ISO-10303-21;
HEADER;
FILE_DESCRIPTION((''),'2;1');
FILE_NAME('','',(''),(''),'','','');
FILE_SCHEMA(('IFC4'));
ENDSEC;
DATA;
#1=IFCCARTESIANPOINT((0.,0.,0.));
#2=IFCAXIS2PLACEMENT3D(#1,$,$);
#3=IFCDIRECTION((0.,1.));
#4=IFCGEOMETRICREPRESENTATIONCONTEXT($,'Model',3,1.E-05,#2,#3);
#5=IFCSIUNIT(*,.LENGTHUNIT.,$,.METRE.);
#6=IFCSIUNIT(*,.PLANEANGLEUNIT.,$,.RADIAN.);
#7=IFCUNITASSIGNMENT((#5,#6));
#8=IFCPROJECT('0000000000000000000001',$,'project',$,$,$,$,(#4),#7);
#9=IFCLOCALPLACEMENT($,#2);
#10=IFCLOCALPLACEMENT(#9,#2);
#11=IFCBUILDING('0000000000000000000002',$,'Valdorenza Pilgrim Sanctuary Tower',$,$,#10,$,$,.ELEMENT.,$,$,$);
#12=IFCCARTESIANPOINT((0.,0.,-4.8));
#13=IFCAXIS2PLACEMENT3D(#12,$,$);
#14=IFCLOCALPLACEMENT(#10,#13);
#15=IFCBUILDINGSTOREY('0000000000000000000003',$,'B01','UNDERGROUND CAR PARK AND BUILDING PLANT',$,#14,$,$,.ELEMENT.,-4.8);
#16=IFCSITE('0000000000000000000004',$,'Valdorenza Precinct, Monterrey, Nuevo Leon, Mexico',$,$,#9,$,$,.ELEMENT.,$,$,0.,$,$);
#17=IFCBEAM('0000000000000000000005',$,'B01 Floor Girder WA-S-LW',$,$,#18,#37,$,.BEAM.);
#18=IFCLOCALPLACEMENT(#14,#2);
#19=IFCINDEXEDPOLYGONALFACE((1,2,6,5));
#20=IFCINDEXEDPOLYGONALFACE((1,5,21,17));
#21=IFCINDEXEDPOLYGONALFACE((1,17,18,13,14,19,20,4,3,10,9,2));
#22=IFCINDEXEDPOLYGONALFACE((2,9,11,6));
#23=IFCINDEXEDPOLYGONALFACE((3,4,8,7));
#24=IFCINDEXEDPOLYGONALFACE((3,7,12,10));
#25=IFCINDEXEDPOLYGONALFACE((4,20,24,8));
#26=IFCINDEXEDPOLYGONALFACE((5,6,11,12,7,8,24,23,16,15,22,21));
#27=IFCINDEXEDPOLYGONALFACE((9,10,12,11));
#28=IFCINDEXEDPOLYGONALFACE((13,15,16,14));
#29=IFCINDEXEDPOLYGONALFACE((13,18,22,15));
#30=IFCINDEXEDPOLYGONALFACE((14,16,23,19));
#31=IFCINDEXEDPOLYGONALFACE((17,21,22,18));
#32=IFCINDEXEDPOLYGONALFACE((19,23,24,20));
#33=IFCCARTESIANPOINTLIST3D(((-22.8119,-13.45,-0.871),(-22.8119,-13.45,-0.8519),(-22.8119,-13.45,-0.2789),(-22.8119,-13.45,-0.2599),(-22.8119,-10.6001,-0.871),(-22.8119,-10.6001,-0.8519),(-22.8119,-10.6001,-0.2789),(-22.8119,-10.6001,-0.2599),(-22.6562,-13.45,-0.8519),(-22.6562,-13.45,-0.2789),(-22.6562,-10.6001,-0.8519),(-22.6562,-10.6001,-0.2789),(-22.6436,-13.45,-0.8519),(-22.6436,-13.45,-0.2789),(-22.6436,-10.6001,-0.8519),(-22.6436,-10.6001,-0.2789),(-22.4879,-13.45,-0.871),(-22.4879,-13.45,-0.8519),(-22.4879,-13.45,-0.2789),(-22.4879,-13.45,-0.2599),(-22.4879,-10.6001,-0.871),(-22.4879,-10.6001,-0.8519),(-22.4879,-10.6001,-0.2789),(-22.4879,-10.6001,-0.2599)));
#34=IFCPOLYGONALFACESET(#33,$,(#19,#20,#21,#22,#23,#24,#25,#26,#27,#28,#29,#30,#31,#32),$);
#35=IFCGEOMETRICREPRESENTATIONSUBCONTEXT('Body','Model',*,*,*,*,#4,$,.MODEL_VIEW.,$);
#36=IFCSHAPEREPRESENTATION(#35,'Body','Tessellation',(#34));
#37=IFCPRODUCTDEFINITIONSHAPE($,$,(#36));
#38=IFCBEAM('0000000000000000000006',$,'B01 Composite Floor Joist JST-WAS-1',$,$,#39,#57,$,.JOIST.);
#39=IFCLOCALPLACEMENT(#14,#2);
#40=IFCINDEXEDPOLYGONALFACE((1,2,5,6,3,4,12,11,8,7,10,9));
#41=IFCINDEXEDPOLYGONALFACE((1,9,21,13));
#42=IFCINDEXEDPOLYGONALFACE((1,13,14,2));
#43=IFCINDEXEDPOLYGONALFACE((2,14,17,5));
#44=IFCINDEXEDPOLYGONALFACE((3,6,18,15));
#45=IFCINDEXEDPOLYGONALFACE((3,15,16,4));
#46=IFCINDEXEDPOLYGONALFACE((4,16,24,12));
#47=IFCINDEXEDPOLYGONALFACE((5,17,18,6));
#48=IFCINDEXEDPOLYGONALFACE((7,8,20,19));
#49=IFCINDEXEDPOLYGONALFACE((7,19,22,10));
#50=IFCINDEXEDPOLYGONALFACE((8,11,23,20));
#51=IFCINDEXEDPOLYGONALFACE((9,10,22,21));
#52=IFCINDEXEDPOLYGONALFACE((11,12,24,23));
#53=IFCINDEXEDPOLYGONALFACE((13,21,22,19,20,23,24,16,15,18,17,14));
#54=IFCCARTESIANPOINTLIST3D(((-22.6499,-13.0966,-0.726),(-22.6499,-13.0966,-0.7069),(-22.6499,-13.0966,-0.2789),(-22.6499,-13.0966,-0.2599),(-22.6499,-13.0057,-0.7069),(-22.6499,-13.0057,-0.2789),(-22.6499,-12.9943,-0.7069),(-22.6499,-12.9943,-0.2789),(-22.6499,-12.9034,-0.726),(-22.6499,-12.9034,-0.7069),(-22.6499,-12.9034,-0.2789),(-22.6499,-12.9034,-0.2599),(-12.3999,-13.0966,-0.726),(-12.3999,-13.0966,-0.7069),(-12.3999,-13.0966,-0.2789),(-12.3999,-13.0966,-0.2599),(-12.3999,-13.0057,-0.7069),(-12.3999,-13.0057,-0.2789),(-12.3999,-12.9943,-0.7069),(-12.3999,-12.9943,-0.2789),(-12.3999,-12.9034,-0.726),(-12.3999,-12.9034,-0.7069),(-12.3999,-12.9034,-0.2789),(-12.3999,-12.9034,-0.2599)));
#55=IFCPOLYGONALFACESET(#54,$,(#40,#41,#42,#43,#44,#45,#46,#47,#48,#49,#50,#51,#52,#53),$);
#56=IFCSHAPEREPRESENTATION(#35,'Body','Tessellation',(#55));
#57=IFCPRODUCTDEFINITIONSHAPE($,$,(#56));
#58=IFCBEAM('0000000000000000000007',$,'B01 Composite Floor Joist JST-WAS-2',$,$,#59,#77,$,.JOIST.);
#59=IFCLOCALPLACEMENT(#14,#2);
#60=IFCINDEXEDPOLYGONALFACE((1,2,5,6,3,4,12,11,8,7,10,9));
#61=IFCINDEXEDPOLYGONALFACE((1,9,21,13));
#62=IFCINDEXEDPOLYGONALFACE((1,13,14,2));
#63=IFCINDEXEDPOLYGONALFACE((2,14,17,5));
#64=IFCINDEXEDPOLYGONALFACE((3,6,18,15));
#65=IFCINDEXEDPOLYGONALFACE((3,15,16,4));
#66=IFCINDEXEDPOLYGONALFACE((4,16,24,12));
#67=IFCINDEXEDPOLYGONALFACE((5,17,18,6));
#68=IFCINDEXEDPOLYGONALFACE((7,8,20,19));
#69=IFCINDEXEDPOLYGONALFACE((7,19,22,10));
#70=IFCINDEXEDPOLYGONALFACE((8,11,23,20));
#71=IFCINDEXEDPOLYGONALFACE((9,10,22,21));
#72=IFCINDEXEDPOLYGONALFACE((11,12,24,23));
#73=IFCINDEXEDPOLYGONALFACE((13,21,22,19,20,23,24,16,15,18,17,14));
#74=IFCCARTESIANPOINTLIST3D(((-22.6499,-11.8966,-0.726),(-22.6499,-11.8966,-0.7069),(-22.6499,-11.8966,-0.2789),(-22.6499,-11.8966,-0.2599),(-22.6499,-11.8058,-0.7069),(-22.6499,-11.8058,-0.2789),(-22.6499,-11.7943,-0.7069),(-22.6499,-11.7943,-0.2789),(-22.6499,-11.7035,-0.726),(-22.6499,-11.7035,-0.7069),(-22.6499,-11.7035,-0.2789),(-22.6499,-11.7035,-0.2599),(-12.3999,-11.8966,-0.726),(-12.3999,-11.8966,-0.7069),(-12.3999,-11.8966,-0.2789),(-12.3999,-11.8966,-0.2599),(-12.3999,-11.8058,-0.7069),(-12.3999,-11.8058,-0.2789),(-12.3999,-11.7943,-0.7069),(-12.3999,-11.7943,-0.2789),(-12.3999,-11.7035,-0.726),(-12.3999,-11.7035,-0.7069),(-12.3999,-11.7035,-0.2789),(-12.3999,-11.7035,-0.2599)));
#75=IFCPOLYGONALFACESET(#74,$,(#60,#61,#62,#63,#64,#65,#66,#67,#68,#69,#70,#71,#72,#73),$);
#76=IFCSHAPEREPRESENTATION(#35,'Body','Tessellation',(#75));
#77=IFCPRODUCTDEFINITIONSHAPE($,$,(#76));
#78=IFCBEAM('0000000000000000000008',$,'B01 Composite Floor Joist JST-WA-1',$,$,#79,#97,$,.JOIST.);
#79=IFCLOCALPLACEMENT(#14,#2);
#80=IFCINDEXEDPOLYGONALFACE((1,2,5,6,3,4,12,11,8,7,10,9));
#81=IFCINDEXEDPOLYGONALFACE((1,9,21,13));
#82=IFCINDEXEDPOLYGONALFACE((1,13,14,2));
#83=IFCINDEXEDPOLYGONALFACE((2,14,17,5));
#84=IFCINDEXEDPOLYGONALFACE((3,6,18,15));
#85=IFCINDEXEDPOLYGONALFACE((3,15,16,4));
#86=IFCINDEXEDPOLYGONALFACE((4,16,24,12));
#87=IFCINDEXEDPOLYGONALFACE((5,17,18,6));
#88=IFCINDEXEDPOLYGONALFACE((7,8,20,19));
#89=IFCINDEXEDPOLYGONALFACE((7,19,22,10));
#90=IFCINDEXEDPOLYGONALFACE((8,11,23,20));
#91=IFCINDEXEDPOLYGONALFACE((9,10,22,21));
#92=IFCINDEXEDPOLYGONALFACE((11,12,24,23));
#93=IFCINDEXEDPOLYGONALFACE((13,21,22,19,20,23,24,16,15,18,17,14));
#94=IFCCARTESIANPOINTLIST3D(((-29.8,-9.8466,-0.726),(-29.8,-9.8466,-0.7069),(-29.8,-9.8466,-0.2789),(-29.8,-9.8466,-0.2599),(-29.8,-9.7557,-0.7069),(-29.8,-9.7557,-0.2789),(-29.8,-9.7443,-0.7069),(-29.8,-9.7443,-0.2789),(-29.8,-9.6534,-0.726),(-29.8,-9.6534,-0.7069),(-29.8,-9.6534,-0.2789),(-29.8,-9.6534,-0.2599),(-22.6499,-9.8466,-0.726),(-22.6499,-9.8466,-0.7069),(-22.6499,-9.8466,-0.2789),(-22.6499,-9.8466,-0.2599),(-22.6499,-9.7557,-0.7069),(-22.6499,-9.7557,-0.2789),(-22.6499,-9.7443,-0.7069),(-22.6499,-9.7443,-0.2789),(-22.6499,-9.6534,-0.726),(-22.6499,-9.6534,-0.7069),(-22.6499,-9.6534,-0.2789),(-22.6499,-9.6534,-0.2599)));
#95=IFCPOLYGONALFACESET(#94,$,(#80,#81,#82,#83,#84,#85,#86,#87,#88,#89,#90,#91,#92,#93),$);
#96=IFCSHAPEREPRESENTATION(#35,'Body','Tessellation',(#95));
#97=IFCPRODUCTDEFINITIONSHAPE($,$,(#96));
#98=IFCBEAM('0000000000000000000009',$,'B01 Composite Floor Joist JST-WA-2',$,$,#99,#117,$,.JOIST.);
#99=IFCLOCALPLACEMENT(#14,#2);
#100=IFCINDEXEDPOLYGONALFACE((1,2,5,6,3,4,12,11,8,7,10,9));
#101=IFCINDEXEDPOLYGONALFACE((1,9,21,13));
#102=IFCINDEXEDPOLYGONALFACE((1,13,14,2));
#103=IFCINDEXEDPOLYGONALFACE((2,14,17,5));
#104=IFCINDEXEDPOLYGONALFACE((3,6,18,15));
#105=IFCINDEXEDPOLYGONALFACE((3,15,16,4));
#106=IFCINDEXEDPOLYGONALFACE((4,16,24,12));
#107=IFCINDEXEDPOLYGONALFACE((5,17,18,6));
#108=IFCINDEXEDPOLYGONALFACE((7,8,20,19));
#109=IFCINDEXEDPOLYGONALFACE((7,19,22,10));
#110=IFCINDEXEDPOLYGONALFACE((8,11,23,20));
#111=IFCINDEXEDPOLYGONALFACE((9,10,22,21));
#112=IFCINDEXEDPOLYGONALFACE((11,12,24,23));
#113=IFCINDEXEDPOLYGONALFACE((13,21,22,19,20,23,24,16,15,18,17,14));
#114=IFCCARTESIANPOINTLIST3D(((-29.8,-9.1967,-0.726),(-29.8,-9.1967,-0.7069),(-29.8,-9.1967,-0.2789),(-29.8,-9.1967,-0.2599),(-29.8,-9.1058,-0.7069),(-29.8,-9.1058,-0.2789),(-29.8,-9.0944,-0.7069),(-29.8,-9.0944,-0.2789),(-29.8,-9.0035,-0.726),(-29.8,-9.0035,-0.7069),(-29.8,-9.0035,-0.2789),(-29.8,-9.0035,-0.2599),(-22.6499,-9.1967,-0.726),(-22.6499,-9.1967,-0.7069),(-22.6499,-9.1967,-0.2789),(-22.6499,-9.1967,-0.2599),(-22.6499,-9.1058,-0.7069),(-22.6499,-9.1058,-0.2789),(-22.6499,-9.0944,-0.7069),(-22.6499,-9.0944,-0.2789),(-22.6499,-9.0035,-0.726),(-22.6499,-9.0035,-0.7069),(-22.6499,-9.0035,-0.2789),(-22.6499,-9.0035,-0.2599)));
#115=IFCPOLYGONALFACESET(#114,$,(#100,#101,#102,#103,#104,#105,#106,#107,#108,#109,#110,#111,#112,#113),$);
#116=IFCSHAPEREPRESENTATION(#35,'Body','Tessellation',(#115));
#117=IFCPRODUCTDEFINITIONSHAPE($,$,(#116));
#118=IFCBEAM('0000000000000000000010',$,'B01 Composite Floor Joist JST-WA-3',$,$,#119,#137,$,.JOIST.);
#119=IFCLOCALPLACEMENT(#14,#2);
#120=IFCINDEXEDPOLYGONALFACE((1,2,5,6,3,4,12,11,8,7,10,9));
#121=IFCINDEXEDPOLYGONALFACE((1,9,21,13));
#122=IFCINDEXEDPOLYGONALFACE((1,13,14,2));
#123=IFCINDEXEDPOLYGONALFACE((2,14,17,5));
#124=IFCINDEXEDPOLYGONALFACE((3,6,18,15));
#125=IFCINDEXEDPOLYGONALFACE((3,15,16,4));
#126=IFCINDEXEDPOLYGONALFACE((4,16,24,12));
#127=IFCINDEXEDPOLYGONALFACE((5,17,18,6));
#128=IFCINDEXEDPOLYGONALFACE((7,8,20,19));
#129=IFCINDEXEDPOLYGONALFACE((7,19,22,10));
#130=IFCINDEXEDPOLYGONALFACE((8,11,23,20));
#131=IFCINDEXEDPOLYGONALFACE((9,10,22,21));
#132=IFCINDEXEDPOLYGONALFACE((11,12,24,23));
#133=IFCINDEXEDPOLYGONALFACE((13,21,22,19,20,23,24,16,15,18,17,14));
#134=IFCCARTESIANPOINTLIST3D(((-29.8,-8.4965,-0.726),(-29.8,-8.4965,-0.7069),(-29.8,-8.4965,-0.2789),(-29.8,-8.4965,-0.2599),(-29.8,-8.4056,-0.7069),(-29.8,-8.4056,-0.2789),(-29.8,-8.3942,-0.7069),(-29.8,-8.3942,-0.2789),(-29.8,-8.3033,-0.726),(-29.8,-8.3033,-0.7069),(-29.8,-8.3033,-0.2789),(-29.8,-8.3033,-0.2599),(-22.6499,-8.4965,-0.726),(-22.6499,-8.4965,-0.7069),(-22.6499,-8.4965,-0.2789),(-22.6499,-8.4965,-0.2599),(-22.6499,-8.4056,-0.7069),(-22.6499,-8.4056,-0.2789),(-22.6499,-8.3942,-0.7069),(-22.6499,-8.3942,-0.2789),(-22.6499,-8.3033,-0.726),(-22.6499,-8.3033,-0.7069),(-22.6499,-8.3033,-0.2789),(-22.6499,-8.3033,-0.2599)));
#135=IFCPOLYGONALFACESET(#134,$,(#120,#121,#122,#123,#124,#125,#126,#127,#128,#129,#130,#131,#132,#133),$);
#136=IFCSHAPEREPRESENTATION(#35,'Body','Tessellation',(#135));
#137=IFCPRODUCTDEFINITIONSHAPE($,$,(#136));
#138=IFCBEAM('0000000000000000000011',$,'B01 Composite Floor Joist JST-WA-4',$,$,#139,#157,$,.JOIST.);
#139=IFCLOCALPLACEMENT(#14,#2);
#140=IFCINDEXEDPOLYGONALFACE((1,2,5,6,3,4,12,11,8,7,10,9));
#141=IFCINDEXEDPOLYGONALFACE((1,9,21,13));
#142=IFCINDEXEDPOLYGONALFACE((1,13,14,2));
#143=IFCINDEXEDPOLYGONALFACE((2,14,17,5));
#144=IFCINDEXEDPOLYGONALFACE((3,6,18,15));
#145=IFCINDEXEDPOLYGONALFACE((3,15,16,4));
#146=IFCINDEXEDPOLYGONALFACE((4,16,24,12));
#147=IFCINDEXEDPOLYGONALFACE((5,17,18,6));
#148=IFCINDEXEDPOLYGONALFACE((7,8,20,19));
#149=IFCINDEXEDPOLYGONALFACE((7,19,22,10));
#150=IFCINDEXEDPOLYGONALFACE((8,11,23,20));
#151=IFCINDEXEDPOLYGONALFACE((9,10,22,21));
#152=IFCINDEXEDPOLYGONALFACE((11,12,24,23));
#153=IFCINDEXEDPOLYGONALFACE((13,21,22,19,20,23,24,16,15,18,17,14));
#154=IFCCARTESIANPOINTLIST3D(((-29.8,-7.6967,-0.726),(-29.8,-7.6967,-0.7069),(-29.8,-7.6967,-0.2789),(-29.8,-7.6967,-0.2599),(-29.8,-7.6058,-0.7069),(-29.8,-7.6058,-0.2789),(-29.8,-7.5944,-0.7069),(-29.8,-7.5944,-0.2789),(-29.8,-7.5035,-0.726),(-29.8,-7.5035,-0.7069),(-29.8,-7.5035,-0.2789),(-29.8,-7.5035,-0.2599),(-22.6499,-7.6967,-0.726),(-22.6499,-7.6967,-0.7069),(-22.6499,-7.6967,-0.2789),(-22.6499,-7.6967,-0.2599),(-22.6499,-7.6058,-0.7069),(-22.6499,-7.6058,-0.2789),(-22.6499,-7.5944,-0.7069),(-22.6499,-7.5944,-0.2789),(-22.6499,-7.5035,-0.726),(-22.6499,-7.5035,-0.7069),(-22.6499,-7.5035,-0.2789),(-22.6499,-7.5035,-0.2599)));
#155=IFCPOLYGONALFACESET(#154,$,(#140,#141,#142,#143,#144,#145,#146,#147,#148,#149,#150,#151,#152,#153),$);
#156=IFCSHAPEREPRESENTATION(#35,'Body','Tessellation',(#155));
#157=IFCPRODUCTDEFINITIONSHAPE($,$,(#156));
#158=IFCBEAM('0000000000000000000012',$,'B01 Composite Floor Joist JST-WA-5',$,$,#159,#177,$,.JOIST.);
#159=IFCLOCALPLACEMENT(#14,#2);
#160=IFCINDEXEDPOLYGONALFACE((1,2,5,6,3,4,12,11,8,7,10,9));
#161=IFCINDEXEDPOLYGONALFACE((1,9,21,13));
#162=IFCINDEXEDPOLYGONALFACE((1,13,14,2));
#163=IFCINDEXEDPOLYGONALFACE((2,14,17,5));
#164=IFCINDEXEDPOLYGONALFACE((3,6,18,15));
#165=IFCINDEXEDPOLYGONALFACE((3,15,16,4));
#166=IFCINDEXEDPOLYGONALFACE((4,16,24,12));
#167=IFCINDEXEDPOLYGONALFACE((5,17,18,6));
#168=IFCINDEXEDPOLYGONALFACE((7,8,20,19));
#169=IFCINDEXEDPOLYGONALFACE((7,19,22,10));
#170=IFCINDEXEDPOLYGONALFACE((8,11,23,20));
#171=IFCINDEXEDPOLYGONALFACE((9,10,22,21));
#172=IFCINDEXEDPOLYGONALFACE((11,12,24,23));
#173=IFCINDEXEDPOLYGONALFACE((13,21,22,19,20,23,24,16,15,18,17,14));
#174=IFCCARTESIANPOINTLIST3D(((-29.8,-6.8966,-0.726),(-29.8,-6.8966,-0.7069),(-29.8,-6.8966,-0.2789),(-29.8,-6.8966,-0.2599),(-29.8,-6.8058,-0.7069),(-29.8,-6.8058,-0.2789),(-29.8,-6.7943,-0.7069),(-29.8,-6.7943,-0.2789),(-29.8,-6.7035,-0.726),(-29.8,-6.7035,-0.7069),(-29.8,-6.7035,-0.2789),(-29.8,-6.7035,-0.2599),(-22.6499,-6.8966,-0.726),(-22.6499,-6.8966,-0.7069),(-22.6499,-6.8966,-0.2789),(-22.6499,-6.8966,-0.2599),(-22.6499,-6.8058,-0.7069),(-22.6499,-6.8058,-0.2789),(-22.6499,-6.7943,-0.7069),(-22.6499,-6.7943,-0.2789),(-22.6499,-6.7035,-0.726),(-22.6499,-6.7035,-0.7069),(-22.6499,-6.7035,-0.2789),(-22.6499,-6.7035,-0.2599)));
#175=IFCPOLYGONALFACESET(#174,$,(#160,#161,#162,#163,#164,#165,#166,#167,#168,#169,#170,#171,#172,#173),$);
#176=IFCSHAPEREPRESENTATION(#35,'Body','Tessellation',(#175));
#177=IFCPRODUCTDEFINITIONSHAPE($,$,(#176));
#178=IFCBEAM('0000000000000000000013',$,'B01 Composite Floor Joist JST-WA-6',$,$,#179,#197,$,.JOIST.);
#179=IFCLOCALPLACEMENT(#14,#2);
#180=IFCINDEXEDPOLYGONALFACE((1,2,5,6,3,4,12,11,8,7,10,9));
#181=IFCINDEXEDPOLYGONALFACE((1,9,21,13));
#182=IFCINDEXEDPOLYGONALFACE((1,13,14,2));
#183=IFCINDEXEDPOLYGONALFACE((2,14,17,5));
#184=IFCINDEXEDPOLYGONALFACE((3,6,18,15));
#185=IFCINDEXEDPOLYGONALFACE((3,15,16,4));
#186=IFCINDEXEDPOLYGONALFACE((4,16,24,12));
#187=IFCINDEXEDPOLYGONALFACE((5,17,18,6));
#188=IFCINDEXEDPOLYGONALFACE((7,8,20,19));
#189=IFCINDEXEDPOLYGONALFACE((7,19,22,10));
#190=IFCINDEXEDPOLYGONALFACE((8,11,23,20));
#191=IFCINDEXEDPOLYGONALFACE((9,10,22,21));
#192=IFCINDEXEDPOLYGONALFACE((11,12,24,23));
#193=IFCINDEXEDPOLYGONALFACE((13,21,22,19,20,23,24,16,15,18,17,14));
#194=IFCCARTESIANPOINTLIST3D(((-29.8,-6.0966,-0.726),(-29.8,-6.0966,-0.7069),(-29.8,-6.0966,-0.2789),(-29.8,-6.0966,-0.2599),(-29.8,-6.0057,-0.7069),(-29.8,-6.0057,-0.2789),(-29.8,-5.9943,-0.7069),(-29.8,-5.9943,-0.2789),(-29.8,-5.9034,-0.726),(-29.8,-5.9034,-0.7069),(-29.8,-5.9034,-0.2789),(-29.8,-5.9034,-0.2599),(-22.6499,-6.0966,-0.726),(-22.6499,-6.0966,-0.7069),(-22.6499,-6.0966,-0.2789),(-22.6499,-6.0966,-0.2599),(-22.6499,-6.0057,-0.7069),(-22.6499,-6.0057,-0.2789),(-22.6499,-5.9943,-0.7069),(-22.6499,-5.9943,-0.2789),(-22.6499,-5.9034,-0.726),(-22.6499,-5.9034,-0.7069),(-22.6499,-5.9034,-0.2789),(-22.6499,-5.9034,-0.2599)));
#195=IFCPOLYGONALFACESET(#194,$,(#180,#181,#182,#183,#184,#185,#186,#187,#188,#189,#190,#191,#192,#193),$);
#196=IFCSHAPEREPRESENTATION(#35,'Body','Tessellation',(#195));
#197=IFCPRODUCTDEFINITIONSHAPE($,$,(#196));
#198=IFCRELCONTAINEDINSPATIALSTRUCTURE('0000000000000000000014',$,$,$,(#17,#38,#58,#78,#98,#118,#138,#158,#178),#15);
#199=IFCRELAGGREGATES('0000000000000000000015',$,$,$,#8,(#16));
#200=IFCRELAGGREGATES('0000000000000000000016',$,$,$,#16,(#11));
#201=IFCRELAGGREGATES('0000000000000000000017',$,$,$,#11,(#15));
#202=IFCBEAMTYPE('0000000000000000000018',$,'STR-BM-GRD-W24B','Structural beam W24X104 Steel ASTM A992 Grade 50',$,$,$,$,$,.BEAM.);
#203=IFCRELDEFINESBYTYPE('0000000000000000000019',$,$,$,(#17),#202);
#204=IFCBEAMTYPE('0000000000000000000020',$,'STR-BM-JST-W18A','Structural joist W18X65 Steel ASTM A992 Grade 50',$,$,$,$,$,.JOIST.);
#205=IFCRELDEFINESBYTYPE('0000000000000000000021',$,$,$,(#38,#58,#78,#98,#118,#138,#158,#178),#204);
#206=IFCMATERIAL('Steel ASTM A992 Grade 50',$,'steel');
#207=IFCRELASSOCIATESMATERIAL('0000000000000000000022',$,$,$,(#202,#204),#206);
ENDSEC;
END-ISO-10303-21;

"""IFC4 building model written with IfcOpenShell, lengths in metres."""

from ifc_helpers import new_model, si_unit, direction, frame, origin, origin_2d, place, context, subcontext, project, spatial, i_section, extrude, source, transform, mapped, material, material_profile, profile_set, type_object, element, save


model = new_model("IFC4")

# Units and contexts
model_context = context("Model", 3, precision=1e-05, world=origin(), true_north=direction((0.0, 1.0)))
body_context = subcontext(model_context, "Body", "Model", "MODEL_VIEW")
ifc_project = project(units=[si_unit("LENGTHUNIT", "METRE"), si_unit("PLANEANGLEUNIT", "RADIAN")], contexts=[model_context])

# Site, building, storey
site_placement = place(None, origin())
site = spatial("IfcSite", under=ifc_project, at=site_placement, Name="Valdorenza Precinct, Monterrey, Nuevo Leon, Mexico", CompositionType="ELEMENT", RefElevation=0.0)
building_placement = place(site_placement, origin())
building = spatial("IfcBuilding", under=site, at=building_placement, Name="Valdorenza Pilgrim Sanctuary Tower", CompositionType="ELEMENT")
storey_placement = place(building_placement, frame((0.0, 0.0, -4.8)))
storey = spatial("IfcBuildingStorey", under=building, at=storey_placement, Name="B01", Description="UNDERGROUND CAR PARK AND BUILDING PLANT", CompositionType="ELEMENT", Elevation=-4.8)

# Shared definitions
ifc_material_1 = material(Name="Steel ASTM A992 Grade 50", Category="steel")

# Beams
ifc_material_profile_1 = material_profile(ifc_material_1, i_section(OverallWidth=0.324, OverallDepth=0.6111, WebThickness=0.0127, FlangeThickness=0.019, at=origin_2d()), Name="W24X104")
ifc_profile_set_1 = profile_set([ifc_material_profile_1], Name="Steel ASTM A992 Grade 50")
beam_type_1 = type_object("IfcBeamType", Name="STR-BM-GRD-W24B", Description="Structural beam W24X104 Steel ASTM A992 Grade 50", PredefinedType="BEAM", material=ifc_profile_set_1)
shared_shape_1 = source(origin(), body_context, "Body", "SweptSolid", [
    extrude(i_section(OverallWidth=0.324, OverallDepth=0.6111, WebThickness=0.0127, FlangeThickness=0.019, at=origin_2d()), origin(), (0.0, 0.0, 1.0), 2.8499),
])
beam_1_placement = place(storey_placement, frame((-22.6499, -13.45, -0.5654), z_axis=(0.0, 1.0, 0.0), x_axis=(-1.0, 0.0, 0.0)))
element("IfcBeam", 1, at=beam_1_placement, inside=storey, type_object=beam_type_1, Name="B01 Floor Girder WA-S-LW", PredefinedType="BEAM", context=body_context, shape_type="MappedRepresentation", body=[
    mapped(shared_shape_1, transform((0.0, 0.0, 0.0), x_axis=(1.0, 0.0, 0.0), y_axis=(0.0, 1.0, 0.0), z_axis=(0.0, 0.0, 1.0), scale=1.0)),
])
ifc_material_profile_2 = material_profile(ifc_material_1, i_section(OverallWidth=0.1931, OverallDepth=0.4661, WebThickness=0.0115, FlangeThickness=0.019, at=origin_2d()), Name="W18X65")
ifc_profile_set_2 = profile_set([ifc_material_profile_2], Name="Steel ASTM A992 Grade 50")
beam_type_2 = type_object("IfcBeamType", Name="STR-BM-JST-W18A", Description="Structural joist W18X65 Steel ASTM A992 Grade 50", PredefinedType="JOIST", material=ifc_profile_set_2)
shared_shape_2 = source(origin(), body_context, "Body", "SweptSolid", [
    extrude(i_section(OverallWidth=0.1931, OverallDepth=0.4661, WebThickness=0.0115, FlangeThickness=0.019, at=origin_2d()), origin(), (0.0, 0.0, 1.0), 10.25),
])
for number, where, z_axis, x_axis, name in (
    (2, (-22.6499, -13.0, -0.4929), (1.0, 0.0, 0.0), (0.0, 1.0, 0.0), "B01 Composite Floor Joist JST-WAS-1"),
    (3, (-22.6499, -11.8, -0.4929), (1.0, 0.0, 0.0), (0.0, 1.0, 0.0), "B01 Composite Floor Joist JST-WAS-2"),
):
    element("IfcBeam", number, at=place(storey_placement, frame(where, z_axis=z_axis, x_axis=x_axis)), inside=storey, type_object=beam_type_2, Name=name, PredefinedType="JOIST", context=body_context, shape_type="MappedRepresentation", body=[
        mapped(shared_shape_2, transform((0.0, 0.0, 0.0), x_axis=(1.0, 0.0, 0.0), y_axis=(0.0, 1.0, 0.0), z_axis=(0.0, 0.0, 1.0), scale=1.0)),
    ])
shared_shape_3 = source(origin(), body_context, "Body", "SweptSolid", [
    extrude(i_section(OverallWidth=0.1931, OverallDepth=0.4661, WebThickness=0.0115, FlangeThickness=0.019, at=origin_2d()), origin(), (0.0, 0.0, 1.0), 7.1501),
])
for number, where, z_axis, x_axis, name in (
    (4, (-29.8, -9.75, -0.4929), (1.0, 0.0, 0.0), (0.0, 1.0, 0.0), "B01 Composite Floor Joist JST-WA-1"),
    (5, (-29.8, -9.1001, -0.4929), (1.0, 0.0, 0.0), (0.0, 1.0, 0.0), "B01 Composite Floor Joist JST-WA-2"),
    (6, (-29.8, -8.3999, -0.4929), (1.0, 0.0, 0.0), (0.0, 1.0, 0.0), "B01 Composite Floor Joist JST-WA-3"),
    (7, (-29.8, -7.6001, -0.4929), (1.0, 0.0, 0.0), (0.0, 1.0, 0.0), "B01 Composite Floor Joist JST-WA-4"),
    (8, (-29.8, -6.8, -0.4929), (1.0, 0.0, 0.0), (0.0, 1.0, 0.0), "B01 Composite Floor Joist JST-WA-5"),
    (9, (-29.8, -6.0, -0.4929), (1.0, 0.0, 0.0), (0.0, 1.0, 0.0), "B01 Composite Floor Joist JST-WA-6"),
):
    element("IfcBeam", number, at=place(storey_placement, frame(where, z_axis=z_axis, x_axis=x_axis)), inside=storey, type_object=beam_type_2, Name=name, PredefinedType="JOIST", context=body_context, shape_type="MappedRepresentation", body=[
        mapped(shared_shape_3, transform((0.0, 0.0, 0.0), x_axis=(1.0, 0.0, 0.0), y_axis=(0.0, 1.0, 0.0), z_axis=(0.0, 0.0, 1.0), scale=1.0)),
    ])

save(model, "model.ifc")
